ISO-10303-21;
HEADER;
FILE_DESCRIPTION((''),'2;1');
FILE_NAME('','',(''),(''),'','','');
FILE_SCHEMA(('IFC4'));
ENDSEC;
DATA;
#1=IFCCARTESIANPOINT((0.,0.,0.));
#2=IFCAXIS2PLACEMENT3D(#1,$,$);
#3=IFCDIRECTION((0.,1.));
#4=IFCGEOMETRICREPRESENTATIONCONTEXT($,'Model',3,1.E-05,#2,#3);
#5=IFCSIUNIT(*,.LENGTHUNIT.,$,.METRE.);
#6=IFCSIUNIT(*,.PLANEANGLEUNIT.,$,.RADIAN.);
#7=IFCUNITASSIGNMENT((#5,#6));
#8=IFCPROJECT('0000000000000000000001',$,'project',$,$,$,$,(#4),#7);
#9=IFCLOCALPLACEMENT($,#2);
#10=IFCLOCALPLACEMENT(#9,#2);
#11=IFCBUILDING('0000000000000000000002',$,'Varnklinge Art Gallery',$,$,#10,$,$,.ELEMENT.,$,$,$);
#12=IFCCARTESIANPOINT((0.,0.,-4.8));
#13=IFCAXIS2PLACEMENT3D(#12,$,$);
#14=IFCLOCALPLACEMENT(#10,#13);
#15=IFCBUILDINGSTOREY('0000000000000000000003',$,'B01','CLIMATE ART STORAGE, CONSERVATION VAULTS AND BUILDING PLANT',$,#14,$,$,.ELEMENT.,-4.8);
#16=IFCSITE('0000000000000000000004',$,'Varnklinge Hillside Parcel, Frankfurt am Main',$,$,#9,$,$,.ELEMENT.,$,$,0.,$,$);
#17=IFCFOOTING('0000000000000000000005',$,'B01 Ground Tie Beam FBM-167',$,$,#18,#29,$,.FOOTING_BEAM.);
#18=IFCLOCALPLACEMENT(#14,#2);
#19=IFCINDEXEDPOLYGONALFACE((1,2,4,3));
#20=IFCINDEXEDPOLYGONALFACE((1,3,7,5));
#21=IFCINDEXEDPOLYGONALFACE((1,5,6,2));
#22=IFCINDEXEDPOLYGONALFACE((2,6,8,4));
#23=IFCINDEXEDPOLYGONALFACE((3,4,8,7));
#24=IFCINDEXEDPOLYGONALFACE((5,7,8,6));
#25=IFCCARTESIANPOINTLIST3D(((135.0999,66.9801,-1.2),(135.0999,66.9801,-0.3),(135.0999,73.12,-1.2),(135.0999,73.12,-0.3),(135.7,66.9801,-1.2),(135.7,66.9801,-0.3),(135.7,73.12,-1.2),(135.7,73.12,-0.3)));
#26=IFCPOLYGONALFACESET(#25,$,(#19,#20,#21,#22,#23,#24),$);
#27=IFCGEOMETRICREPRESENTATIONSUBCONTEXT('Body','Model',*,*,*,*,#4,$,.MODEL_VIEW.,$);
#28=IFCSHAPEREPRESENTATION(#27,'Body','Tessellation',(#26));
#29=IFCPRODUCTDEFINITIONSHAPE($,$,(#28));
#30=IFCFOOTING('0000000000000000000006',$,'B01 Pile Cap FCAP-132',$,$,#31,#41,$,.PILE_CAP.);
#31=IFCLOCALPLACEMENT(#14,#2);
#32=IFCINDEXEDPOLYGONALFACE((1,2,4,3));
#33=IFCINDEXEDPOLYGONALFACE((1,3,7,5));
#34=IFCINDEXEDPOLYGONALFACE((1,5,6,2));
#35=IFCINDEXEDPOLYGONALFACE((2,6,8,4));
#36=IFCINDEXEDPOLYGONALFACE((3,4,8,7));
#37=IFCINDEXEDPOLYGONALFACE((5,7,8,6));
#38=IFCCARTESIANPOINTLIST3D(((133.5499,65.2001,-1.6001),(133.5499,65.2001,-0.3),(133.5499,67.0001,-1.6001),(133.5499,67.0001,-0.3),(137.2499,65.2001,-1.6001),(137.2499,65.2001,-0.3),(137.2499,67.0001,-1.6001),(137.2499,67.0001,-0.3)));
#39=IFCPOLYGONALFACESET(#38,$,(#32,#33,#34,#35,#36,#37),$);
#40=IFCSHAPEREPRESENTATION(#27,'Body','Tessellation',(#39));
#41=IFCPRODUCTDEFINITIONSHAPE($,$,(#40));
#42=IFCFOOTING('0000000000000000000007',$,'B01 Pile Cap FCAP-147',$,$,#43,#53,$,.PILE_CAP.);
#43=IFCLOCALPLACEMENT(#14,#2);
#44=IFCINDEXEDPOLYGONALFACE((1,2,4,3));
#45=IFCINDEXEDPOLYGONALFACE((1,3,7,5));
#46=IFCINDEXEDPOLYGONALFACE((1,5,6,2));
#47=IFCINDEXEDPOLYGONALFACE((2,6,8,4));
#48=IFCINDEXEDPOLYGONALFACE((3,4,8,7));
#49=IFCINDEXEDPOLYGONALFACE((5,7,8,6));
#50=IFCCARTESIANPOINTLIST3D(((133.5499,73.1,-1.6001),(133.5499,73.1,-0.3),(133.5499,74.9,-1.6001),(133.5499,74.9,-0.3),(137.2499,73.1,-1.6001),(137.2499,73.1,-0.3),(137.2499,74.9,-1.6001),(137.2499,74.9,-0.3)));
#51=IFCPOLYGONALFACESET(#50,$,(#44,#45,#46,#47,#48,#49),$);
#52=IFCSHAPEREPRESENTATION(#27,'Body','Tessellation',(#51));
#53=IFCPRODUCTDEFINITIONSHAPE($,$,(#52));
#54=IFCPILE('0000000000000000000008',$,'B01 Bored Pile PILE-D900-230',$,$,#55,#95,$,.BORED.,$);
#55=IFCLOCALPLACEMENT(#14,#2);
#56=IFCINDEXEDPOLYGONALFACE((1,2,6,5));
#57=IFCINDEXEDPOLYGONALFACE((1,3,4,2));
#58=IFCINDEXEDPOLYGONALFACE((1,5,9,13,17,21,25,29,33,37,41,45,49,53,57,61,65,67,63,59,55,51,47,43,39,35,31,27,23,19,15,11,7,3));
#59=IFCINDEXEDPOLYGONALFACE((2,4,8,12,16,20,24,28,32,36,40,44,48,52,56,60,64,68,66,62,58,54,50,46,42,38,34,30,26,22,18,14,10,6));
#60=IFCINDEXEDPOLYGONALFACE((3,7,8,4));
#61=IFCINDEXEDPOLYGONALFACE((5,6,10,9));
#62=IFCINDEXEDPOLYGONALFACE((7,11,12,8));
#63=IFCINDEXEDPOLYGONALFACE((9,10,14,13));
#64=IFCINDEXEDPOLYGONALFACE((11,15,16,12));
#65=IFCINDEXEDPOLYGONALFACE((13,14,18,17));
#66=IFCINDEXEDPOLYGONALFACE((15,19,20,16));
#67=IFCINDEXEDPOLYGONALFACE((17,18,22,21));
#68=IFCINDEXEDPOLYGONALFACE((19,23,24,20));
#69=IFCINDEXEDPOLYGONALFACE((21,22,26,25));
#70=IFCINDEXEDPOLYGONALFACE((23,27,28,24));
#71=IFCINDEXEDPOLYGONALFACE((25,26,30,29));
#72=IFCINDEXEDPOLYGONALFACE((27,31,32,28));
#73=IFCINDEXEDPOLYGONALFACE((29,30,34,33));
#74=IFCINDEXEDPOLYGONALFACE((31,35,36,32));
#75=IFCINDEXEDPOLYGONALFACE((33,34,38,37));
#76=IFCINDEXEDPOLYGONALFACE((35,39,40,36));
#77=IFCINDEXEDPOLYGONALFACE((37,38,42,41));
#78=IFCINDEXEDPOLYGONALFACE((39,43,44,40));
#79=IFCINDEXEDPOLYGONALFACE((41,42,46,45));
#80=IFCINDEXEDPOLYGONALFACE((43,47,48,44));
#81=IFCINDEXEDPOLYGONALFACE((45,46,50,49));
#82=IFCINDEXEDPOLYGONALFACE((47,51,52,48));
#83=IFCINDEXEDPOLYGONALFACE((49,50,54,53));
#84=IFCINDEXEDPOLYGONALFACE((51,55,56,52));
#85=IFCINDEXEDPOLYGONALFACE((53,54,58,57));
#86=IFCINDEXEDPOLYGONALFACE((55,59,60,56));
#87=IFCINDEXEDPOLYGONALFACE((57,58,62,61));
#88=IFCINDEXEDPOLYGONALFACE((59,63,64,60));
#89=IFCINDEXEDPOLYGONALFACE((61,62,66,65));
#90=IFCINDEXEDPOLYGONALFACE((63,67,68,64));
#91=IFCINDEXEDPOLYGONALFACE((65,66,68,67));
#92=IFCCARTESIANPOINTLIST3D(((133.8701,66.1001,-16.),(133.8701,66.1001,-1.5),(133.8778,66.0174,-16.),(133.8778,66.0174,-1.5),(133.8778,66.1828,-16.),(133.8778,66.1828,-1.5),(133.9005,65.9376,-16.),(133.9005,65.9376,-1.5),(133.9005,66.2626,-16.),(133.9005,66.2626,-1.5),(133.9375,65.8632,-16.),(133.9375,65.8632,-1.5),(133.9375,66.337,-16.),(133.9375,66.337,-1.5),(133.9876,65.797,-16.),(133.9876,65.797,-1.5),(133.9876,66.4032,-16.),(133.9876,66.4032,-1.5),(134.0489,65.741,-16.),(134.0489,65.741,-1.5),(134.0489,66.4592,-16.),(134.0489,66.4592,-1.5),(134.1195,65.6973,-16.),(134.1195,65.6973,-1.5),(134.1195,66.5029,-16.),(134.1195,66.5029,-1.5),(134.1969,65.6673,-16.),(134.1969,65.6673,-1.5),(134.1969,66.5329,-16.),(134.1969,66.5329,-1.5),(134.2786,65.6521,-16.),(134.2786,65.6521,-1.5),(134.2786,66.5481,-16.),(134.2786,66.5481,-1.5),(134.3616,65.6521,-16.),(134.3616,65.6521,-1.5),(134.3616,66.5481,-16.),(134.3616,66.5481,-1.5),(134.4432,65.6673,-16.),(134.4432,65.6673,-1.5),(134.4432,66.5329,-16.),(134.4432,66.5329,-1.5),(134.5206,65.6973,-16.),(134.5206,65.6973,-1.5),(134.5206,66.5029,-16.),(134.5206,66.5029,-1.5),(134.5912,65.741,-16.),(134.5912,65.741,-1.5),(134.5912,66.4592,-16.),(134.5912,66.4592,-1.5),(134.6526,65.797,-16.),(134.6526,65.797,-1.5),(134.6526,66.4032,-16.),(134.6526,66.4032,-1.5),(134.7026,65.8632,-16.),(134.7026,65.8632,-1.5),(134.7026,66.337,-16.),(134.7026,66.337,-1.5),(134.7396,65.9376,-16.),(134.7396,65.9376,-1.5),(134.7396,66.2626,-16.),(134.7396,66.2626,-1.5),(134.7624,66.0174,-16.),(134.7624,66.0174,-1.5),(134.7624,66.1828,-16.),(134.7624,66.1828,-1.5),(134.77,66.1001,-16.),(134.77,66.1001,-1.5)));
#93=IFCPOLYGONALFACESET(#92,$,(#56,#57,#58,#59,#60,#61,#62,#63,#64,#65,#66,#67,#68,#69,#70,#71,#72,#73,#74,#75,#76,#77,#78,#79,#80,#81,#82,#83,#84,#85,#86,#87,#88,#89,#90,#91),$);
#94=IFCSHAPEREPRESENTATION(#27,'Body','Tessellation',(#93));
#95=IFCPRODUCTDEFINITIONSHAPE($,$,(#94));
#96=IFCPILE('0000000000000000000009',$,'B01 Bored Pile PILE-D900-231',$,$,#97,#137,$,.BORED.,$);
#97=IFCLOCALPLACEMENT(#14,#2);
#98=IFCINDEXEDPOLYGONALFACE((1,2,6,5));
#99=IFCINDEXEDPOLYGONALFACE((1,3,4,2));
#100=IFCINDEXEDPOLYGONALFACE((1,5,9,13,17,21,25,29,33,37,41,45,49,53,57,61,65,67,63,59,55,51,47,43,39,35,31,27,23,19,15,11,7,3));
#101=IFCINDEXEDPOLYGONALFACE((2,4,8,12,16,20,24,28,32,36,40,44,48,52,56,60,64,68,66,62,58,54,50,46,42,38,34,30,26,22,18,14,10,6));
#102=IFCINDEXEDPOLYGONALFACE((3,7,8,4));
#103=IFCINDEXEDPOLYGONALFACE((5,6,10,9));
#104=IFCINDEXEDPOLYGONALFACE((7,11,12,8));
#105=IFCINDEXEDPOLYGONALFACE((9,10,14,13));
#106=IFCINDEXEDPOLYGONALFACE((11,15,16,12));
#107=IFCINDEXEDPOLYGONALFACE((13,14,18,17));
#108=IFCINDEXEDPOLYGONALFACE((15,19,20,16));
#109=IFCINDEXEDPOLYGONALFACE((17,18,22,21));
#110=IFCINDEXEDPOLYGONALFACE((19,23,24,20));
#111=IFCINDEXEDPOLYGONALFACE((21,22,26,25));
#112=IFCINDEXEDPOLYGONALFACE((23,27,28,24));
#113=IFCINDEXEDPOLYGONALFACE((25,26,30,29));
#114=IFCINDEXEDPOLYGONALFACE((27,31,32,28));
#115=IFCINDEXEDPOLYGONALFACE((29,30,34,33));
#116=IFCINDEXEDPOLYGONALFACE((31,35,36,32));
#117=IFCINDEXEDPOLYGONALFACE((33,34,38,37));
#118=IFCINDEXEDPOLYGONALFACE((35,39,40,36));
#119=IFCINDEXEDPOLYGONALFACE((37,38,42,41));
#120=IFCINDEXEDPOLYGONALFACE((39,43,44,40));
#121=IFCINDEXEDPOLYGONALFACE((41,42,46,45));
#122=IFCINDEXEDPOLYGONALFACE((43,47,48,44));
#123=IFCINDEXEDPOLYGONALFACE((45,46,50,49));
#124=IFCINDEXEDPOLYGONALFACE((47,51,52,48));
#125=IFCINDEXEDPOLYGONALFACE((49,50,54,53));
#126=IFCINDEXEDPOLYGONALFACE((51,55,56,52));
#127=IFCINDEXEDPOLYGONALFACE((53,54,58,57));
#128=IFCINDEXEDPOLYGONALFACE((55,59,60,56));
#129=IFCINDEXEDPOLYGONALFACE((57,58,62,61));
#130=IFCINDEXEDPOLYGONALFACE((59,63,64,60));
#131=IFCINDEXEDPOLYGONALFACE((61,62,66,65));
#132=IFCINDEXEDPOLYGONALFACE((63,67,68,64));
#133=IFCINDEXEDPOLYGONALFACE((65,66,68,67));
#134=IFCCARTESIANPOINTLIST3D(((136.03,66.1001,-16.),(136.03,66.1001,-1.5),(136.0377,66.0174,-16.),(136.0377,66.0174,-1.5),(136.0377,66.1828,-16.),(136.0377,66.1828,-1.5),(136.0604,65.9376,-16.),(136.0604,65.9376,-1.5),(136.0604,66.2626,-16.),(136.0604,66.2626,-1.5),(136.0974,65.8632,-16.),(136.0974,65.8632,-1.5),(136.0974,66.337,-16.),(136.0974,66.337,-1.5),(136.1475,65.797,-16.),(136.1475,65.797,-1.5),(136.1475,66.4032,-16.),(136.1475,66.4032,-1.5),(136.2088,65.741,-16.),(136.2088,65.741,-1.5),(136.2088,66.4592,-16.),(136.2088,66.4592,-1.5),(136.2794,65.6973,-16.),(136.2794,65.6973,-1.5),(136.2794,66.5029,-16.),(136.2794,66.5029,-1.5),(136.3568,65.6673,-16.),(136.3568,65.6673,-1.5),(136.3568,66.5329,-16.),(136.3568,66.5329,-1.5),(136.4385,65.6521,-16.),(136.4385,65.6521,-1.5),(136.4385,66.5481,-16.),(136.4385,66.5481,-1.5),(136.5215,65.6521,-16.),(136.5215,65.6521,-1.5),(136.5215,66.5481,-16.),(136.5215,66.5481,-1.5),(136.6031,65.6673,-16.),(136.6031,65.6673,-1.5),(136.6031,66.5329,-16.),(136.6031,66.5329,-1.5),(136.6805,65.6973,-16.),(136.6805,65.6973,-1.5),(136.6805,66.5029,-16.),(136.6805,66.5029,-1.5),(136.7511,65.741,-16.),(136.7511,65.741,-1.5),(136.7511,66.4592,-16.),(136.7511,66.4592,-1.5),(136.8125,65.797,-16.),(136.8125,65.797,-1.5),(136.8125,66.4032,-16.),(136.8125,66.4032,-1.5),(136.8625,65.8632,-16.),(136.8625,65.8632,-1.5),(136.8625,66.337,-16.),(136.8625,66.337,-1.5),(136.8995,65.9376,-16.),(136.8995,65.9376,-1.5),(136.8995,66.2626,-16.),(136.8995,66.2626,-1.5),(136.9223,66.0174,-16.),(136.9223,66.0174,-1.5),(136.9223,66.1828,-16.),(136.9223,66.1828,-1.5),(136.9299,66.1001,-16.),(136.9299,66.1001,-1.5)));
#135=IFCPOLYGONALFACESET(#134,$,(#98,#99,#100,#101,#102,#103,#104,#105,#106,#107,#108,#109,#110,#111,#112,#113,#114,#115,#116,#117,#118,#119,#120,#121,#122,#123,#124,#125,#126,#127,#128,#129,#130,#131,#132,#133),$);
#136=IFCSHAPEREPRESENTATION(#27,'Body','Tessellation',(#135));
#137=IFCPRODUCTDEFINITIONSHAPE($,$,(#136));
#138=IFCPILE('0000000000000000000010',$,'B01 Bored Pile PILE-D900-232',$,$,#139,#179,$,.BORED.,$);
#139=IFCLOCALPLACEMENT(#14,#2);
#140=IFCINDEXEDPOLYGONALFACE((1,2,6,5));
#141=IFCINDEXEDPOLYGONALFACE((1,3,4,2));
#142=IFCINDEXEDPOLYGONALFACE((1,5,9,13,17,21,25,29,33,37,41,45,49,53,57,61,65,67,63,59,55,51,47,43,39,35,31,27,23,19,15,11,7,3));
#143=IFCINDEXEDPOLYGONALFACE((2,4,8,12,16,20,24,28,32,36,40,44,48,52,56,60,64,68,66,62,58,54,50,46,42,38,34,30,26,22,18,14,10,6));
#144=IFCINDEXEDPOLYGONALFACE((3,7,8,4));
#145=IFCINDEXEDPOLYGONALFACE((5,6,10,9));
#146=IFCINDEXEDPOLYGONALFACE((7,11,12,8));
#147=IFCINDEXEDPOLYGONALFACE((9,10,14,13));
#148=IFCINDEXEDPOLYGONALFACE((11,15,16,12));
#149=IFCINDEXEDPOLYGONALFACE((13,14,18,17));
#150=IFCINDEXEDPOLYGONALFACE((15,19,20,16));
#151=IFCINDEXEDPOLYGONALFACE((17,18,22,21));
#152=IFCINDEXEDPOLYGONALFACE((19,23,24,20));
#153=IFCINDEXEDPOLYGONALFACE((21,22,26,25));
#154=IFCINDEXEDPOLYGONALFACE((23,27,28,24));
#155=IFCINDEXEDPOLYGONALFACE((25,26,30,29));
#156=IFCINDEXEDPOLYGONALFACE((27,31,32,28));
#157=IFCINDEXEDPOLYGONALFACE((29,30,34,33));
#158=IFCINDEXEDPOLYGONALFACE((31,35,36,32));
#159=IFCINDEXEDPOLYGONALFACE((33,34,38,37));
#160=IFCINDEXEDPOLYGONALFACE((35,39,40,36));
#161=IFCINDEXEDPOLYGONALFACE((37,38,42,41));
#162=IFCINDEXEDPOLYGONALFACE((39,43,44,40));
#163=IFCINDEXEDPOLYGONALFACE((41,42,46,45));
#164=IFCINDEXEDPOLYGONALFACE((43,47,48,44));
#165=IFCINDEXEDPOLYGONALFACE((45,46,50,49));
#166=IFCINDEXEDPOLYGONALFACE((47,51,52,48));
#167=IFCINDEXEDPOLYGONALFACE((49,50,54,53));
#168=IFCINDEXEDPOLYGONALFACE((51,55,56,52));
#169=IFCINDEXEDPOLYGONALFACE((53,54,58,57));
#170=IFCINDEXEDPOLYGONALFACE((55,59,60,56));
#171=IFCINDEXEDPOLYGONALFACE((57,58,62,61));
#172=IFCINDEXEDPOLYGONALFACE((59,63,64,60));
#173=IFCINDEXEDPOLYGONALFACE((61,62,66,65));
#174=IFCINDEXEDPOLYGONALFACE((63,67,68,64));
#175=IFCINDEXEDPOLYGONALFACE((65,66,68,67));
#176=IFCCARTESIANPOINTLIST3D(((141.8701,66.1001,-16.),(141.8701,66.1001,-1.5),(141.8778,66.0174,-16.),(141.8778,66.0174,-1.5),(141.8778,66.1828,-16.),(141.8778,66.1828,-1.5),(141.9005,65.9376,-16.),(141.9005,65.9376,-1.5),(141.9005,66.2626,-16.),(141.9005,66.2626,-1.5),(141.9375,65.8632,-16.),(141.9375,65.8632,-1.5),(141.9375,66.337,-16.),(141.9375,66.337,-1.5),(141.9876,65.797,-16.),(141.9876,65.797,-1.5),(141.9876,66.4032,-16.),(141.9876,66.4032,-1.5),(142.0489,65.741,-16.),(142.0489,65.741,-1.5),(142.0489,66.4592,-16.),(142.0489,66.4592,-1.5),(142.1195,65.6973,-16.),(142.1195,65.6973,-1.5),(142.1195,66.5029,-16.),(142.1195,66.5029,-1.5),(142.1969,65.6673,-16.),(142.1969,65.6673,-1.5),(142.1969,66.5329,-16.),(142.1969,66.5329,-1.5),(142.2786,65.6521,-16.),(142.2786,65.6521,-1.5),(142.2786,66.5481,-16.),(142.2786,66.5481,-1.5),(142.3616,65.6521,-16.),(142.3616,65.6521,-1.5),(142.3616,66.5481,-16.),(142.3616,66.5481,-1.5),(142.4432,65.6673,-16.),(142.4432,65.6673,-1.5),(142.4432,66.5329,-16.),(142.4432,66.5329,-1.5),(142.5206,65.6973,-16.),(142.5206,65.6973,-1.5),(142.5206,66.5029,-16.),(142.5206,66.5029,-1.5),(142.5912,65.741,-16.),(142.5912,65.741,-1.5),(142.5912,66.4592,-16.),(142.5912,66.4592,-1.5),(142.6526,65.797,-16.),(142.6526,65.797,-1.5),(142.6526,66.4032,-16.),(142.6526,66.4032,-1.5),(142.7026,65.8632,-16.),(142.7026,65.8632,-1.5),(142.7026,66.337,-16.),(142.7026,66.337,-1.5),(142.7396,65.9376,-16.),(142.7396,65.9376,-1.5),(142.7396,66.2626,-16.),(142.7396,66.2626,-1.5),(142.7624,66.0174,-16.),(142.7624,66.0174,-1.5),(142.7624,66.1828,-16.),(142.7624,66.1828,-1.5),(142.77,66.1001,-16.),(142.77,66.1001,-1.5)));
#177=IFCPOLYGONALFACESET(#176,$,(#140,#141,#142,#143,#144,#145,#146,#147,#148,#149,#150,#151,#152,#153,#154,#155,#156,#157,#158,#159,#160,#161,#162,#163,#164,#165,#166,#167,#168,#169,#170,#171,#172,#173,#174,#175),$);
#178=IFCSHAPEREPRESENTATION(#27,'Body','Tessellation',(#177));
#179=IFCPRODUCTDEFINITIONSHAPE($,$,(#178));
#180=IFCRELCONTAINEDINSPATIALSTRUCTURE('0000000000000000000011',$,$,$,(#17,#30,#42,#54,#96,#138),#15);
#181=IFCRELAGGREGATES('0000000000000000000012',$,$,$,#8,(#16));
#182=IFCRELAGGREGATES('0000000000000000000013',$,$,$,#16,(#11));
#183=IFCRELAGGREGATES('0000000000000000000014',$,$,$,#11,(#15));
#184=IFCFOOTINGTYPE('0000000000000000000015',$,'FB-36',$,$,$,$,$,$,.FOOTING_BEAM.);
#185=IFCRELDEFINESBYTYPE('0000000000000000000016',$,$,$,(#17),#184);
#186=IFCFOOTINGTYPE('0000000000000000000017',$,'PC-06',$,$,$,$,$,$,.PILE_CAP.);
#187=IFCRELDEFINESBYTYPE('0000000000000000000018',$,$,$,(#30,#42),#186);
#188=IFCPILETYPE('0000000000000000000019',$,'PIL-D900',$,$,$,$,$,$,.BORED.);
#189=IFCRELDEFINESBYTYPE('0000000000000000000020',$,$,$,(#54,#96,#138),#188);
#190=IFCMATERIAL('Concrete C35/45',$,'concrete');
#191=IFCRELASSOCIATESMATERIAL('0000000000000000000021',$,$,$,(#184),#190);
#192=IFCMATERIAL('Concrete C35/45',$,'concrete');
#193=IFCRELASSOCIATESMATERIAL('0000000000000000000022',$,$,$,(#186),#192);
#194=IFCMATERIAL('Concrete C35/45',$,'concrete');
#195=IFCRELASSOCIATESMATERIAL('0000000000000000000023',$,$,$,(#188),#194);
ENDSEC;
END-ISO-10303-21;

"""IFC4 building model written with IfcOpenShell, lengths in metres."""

from ifc_helpers import new_model, si_unit, direction, frame, origin, origin_2d, place, context, subcontext, project, spatial, rectangle, circle, extrude, material, material_profile, profile_set, type_object, element, save


model = new_model("IFC4")

# Units and contexts
model_context = context("Model", 3, precision=1e-05, world=origin(), true_north=direction((0.0, 1.0)))
body_context = subcontext(model_context, "Body", "Model", "MODEL_VIEW")
ifc_project = project(units=[si_unit("LENGTHUNIT", "METRE"), si_unit("PLANEANGLEUNIT", "RADIAN")], contexts=[model_context])

# Site, building, storey
site_placement = place(None, origin())
site = spatial("IfcSite", under=ifc_project, at=site_placement, Name="Varnklinge Hillside Parcel, Frankfurt am Main", CompositionType="ELEMENT", RefElevation=0.0)
building_placement = place(site_placement, origin())
building = spatial("IfcBuilding", under=site, at=building_placement, Name="Varnklinge Art Gallery", CompositionType="ELEMENT")
storey_placement = place(building_placement, frame((0.0, 0.0, -4.8)))
storey = spatial("IfcBuildingStorey", under=building, at=storey_placement, Name="B01", Description="CLIMATE ART STORAGE, CONSERVATION VAULTS AND BUILDING PLANT", CompositionType="ELEMENT", Elevation=-4.8)

# Footings
ifc_material_1 = material(Name="Concrete C35/45", Category="concrete")
footing_type_1 = type_object("IfcFootingType", Name="FB-36", PredefinedType="FOOTING_BEAM", material=ifc_material_1)
footing_placement = place(storey_placement, frame((135.3999, 70.05, -1.2), z_axis=(0.0, 0.0, 1.0), x_axis=(0.0, 1.0, 0.0)))
element("IfcFooting", 1, at=footing_placement, inside=storey, type_object=footing_type_1, Name="B01 Ground Tie Beam FBM-167", PredefinedType="FOOTING_BEAM", context=body_context, shape_type="SweptSolid", body=[
    extrude(rectangle(XDim=6.1399, YDim=0.6001, at=origin_2d()), origin(), (0.0, 0.0, 1.0), 0.8999),
])
ifc_material_2 = material(Name="Concrete C35/45", Category="concrete")
footing_type_2 = type_object("IfcFootingType", Name="PC-06", PredefinedType="PILE_CAP", material=ifc_material_2)
for number, where, z_axis, x_axis, name in (
    (2, (135.3999, 66.1001, -1.6001), (0.0, 0.0, 1.0), (1.0, 0.0, 0.0), "B01 Pile Cap FCAP-132"),
    (3, (135.3999, 74.0, -1.6001), (0.0, 0.0, 1.0), (1.0, 0.0, 0.0), "B01 Pile Cap FCAP-147"),
):
    element("IfcFooting", number, at=place(storey_placement, frame(where, z_axis=z_axis, x_axis=x_axis)), inside=storey, type_object=footing_type_2, Name=name, PredefinedType="PILE_CAP", context=body_context, shape_type="SweptSolid", body=[
        extrude(rectangle(XDim=3.7, YDim=1.8, at=origin_2d()), origin(), (0.0, 0.0, 1.0), 1.3),
    ])

# Piles
ifc_material_3 = material(Name="Concrete C35/45", Category="concrete")
ifc_material_profile_1 = material_profile(ifc_material_3, circle(Radius=0.45, at=origin_2d()), Name="PILE D900")
ifc_profile_set_1 = profile_set([ifc_material_profile_1], Name="Concrete C35/45")
pile_type = type_object("IfcPileType", Name="PIL-D900", PredefinedType="BORED", material=ifc_profile_set_1)
for number, where, z_axis, x_axis, name in (
    (4, (134.3201, 66.1001, -1.5), (0.0, 0.0, -1.0), (1.0, 0.0, 0.0), "B01 Bored Pile PILE-D900-230"),
    (5, (136.48, 66.1001, -1.5), (0.0, 0.0, -1.0), (1.0, 0.0, 0.0), "B01 Bored Pile PILE-D900-231"),
    (6, (142.3201, 66.1001, -1.5), (0.0, 0.0, -1.0), (1.0, 0.0, 0.0), "B01 Bored Pile PILE-D900-232"),
):
    element("IfcPile", number, at=place(storey_placement, frame(where, z_axis=z_axis, x_axis=x_axis)), inside=storey, type_object=pile_type, Name=name, PredefinedType="BORED", context=body_context, shape_type="SweptSolid", body=[
        extrude(circle(Radius=0.45, at=origin_2d()), origin(), (0.0, 0.0, 1.0), 14.5),
    ])

save(model, "model.ifc")
